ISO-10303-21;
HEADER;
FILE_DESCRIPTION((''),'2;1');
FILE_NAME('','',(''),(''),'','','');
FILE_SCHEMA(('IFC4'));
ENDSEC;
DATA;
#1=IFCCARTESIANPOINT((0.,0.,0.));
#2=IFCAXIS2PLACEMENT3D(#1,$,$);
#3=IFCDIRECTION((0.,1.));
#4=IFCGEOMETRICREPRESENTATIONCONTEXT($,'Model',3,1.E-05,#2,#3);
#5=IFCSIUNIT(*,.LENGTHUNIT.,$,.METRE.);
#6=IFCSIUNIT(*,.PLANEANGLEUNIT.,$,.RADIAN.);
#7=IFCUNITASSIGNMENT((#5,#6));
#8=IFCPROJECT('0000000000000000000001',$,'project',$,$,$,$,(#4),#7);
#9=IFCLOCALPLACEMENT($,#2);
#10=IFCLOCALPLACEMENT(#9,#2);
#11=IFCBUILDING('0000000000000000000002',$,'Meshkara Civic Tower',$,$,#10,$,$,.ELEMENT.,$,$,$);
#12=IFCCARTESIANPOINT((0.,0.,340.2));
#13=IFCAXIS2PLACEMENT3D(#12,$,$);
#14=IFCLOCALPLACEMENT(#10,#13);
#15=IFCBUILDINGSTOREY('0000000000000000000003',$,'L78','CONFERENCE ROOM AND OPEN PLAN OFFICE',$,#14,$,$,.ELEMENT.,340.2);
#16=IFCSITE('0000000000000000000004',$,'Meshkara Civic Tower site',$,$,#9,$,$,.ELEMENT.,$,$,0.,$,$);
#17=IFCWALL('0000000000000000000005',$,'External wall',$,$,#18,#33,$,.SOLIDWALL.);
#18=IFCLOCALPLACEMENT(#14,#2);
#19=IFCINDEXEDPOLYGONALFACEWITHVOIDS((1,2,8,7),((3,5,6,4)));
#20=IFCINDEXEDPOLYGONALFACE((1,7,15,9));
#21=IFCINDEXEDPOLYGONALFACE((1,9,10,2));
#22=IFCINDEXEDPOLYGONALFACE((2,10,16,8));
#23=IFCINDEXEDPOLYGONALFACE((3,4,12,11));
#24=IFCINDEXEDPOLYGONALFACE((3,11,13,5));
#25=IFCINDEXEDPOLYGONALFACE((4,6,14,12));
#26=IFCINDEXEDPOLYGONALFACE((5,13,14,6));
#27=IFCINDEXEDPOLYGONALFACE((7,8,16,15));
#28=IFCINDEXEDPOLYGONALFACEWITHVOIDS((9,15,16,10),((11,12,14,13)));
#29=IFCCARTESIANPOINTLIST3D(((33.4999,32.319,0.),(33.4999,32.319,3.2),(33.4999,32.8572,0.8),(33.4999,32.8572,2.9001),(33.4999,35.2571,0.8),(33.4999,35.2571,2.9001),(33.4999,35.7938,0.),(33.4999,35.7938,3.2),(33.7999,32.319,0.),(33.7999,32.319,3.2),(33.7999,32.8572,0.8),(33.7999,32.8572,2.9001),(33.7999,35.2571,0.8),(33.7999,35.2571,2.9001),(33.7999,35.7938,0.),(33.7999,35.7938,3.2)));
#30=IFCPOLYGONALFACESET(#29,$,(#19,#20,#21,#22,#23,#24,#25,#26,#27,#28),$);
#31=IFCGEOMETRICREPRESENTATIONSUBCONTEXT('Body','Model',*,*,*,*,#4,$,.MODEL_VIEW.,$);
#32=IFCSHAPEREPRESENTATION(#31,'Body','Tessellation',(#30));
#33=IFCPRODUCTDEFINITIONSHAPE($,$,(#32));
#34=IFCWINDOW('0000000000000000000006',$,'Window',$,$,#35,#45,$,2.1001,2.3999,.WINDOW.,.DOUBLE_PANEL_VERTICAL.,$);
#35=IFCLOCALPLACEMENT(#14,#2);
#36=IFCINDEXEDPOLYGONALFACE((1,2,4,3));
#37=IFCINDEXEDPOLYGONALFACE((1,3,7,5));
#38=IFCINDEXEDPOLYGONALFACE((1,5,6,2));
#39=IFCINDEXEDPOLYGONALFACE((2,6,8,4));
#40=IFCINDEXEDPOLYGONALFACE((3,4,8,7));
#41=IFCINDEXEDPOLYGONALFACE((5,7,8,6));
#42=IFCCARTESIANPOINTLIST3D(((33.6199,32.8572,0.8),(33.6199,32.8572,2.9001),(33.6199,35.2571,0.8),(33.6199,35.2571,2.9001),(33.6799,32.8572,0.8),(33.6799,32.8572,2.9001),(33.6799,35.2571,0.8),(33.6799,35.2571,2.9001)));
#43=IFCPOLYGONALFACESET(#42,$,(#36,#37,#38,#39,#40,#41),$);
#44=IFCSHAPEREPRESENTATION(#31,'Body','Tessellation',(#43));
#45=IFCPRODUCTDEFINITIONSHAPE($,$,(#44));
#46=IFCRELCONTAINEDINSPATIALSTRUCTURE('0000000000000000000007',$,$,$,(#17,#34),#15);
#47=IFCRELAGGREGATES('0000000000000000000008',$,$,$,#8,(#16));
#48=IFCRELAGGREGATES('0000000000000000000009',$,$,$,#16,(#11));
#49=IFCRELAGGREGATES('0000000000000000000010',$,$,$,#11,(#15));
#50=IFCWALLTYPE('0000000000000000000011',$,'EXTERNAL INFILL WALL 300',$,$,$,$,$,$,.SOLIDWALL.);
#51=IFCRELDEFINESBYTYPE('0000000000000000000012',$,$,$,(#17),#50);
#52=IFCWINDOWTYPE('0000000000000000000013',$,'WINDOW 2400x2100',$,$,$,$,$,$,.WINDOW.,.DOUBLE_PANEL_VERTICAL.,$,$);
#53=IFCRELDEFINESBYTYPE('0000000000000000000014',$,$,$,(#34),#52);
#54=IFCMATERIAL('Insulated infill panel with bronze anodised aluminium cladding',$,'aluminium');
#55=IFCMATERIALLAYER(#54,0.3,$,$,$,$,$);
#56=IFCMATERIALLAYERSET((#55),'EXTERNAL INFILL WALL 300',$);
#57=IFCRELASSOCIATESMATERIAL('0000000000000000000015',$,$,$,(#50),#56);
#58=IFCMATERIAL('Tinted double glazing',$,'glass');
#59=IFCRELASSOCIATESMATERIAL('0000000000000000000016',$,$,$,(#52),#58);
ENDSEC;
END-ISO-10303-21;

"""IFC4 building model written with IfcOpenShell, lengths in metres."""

from ifc_helpers import new_model, si_unit, direction, frame, frame_2d, origin, place, context, subcontext, project, spatial, rectangle, extrude, material, layer, layer_set, type_object, element, fill, save


model = new_model("IFC4")

# Units and contexts
model_context = context("Model", 3, precision=1e-05, world=origin(), true_north=direction((0.0, 1.0)))
body_context = subcontext(model_context, "Body", "Model", "MODEL_VIEW")
ifc_project = project(units=[si_unit("LENGTHUNIT", "METRE"), si_unit("PLANEANGLEUNIT", "RADIAN")], contexts=[model_context])

# Site, building, storey
site_placement = place(None, origin())
site = spatial("IfcSite", under=ifc_project, at=site_placement, Name="Meshkara Civic Tower site", CompositionType="ELEMENT", RefElevation=0.0)
building_placement = place(site_placement, origin())
building = spatial("IfcBuilding", under=site, at=building_placement, Name="Meshkara Civic Tower", CompositionType="ELEMENT")
storey_placement = place(building_placement, frame((0.0, 0.0, 340.2)))
storey = spatial("IfcBuildingStorey", under=building, at=storey_placement, Name="L78", Description="CONFERENCE ROOM AND OPEN PLAN OFFICE", CompositionType="ELEMENT", Elevation=340.2)

# Wall, opening, window
ifc_material_1 = material(Name="Insulated infill panel with bronze anodised aluminium cladding", Category="aluminium")
ifc_layer_1 = layer(ifc_material_1, 0.3)
ifc_layer_set_1 = layer_set([ifc_layer_1], Name="EXTERNAL INFILL WALL 300")
wall_type_1 = type_object("IfcWallType", Name="EXTERNAL INFILL WALL 300", PredefinedType="SOLIDWALL", material=ifc_layer_set_1)
ifc_material_2 = material(Name="Tinted double glazing", Category="glass")
window_type = type_object("IfcWindowType", Name="WINDOW 2400x2100", PartitioningType="DOUBLE_PANEL_VERTICAL", PredefinedType="WINDOW", material=ifc_material_2)
wall_1_placement = place(storey_placement, frame((33.6499, 32.3191, 0.0), z_axis=(0.0, 0.0, 1.0), x_axis=(0.0, 1.0, 0.0)))
wall_1 = element("IfcWall", 1, at=wall_1_placement, inside=storey, type_object=wall_type_1, Name="External wall", PredefinedType="SOLIDWALL", context=body_context, shape_type="SweptSolid", body=[
    extrude(rectangle(XDim=3.4749, YDim=0.3, at=frame_2d((1.7373, 0.0))), origin(), (0.0, 0.0, 1.0), 3.2),
])
opening_1_placement = place(wall_1_placement, frame((0.5381, 0.0, 0.8)))
opening_1 = element("IfcOpeningElement", 2, at=opening_1_placement, cuts=wall_1, PredefinedType="OPENING", context=body_context, shape_type="SweptSolid", body=[
    extrude(rectangle(XDim=2.3999, YDim=2.1001, at=frame_2d((1.2, 1.05))), frame((0.0, 0.1599, 0.0), z_axis=(0.0, -1.0, 0.0), x_axis=(1.0, 0.0, 0.0)), (0.0, 0.0, 1.0), 0.3201),
])
window_1_placement = place(opening_1_placement, origin())
window_1 = element("IfcWindow", 3, at=window_1_placement, inside=storey, type_object=window_type, Name="Window", OverallHeight=2.1001, OverallWidth=2.3999, PartitioningType="DOUBLE_PANEL_VERTICAL", PredefinedType="WINDOW", context=body_context, shape_type="SweptSolid", body=[
    extrude(rectangle(XDim=2.3999, YDim=2.1001, at=frame_2d((1.2, 1.05))), frame((0.0, 0.03, 0.0), z_axis=(0.0, -1.0, 0.0), x_axis=(1.0, 0.0, 0.0)), (0.0, 0.0, 1.0), 0.0601),
])
fill(opening_1, window_1)

save(model, "model.ifc")
